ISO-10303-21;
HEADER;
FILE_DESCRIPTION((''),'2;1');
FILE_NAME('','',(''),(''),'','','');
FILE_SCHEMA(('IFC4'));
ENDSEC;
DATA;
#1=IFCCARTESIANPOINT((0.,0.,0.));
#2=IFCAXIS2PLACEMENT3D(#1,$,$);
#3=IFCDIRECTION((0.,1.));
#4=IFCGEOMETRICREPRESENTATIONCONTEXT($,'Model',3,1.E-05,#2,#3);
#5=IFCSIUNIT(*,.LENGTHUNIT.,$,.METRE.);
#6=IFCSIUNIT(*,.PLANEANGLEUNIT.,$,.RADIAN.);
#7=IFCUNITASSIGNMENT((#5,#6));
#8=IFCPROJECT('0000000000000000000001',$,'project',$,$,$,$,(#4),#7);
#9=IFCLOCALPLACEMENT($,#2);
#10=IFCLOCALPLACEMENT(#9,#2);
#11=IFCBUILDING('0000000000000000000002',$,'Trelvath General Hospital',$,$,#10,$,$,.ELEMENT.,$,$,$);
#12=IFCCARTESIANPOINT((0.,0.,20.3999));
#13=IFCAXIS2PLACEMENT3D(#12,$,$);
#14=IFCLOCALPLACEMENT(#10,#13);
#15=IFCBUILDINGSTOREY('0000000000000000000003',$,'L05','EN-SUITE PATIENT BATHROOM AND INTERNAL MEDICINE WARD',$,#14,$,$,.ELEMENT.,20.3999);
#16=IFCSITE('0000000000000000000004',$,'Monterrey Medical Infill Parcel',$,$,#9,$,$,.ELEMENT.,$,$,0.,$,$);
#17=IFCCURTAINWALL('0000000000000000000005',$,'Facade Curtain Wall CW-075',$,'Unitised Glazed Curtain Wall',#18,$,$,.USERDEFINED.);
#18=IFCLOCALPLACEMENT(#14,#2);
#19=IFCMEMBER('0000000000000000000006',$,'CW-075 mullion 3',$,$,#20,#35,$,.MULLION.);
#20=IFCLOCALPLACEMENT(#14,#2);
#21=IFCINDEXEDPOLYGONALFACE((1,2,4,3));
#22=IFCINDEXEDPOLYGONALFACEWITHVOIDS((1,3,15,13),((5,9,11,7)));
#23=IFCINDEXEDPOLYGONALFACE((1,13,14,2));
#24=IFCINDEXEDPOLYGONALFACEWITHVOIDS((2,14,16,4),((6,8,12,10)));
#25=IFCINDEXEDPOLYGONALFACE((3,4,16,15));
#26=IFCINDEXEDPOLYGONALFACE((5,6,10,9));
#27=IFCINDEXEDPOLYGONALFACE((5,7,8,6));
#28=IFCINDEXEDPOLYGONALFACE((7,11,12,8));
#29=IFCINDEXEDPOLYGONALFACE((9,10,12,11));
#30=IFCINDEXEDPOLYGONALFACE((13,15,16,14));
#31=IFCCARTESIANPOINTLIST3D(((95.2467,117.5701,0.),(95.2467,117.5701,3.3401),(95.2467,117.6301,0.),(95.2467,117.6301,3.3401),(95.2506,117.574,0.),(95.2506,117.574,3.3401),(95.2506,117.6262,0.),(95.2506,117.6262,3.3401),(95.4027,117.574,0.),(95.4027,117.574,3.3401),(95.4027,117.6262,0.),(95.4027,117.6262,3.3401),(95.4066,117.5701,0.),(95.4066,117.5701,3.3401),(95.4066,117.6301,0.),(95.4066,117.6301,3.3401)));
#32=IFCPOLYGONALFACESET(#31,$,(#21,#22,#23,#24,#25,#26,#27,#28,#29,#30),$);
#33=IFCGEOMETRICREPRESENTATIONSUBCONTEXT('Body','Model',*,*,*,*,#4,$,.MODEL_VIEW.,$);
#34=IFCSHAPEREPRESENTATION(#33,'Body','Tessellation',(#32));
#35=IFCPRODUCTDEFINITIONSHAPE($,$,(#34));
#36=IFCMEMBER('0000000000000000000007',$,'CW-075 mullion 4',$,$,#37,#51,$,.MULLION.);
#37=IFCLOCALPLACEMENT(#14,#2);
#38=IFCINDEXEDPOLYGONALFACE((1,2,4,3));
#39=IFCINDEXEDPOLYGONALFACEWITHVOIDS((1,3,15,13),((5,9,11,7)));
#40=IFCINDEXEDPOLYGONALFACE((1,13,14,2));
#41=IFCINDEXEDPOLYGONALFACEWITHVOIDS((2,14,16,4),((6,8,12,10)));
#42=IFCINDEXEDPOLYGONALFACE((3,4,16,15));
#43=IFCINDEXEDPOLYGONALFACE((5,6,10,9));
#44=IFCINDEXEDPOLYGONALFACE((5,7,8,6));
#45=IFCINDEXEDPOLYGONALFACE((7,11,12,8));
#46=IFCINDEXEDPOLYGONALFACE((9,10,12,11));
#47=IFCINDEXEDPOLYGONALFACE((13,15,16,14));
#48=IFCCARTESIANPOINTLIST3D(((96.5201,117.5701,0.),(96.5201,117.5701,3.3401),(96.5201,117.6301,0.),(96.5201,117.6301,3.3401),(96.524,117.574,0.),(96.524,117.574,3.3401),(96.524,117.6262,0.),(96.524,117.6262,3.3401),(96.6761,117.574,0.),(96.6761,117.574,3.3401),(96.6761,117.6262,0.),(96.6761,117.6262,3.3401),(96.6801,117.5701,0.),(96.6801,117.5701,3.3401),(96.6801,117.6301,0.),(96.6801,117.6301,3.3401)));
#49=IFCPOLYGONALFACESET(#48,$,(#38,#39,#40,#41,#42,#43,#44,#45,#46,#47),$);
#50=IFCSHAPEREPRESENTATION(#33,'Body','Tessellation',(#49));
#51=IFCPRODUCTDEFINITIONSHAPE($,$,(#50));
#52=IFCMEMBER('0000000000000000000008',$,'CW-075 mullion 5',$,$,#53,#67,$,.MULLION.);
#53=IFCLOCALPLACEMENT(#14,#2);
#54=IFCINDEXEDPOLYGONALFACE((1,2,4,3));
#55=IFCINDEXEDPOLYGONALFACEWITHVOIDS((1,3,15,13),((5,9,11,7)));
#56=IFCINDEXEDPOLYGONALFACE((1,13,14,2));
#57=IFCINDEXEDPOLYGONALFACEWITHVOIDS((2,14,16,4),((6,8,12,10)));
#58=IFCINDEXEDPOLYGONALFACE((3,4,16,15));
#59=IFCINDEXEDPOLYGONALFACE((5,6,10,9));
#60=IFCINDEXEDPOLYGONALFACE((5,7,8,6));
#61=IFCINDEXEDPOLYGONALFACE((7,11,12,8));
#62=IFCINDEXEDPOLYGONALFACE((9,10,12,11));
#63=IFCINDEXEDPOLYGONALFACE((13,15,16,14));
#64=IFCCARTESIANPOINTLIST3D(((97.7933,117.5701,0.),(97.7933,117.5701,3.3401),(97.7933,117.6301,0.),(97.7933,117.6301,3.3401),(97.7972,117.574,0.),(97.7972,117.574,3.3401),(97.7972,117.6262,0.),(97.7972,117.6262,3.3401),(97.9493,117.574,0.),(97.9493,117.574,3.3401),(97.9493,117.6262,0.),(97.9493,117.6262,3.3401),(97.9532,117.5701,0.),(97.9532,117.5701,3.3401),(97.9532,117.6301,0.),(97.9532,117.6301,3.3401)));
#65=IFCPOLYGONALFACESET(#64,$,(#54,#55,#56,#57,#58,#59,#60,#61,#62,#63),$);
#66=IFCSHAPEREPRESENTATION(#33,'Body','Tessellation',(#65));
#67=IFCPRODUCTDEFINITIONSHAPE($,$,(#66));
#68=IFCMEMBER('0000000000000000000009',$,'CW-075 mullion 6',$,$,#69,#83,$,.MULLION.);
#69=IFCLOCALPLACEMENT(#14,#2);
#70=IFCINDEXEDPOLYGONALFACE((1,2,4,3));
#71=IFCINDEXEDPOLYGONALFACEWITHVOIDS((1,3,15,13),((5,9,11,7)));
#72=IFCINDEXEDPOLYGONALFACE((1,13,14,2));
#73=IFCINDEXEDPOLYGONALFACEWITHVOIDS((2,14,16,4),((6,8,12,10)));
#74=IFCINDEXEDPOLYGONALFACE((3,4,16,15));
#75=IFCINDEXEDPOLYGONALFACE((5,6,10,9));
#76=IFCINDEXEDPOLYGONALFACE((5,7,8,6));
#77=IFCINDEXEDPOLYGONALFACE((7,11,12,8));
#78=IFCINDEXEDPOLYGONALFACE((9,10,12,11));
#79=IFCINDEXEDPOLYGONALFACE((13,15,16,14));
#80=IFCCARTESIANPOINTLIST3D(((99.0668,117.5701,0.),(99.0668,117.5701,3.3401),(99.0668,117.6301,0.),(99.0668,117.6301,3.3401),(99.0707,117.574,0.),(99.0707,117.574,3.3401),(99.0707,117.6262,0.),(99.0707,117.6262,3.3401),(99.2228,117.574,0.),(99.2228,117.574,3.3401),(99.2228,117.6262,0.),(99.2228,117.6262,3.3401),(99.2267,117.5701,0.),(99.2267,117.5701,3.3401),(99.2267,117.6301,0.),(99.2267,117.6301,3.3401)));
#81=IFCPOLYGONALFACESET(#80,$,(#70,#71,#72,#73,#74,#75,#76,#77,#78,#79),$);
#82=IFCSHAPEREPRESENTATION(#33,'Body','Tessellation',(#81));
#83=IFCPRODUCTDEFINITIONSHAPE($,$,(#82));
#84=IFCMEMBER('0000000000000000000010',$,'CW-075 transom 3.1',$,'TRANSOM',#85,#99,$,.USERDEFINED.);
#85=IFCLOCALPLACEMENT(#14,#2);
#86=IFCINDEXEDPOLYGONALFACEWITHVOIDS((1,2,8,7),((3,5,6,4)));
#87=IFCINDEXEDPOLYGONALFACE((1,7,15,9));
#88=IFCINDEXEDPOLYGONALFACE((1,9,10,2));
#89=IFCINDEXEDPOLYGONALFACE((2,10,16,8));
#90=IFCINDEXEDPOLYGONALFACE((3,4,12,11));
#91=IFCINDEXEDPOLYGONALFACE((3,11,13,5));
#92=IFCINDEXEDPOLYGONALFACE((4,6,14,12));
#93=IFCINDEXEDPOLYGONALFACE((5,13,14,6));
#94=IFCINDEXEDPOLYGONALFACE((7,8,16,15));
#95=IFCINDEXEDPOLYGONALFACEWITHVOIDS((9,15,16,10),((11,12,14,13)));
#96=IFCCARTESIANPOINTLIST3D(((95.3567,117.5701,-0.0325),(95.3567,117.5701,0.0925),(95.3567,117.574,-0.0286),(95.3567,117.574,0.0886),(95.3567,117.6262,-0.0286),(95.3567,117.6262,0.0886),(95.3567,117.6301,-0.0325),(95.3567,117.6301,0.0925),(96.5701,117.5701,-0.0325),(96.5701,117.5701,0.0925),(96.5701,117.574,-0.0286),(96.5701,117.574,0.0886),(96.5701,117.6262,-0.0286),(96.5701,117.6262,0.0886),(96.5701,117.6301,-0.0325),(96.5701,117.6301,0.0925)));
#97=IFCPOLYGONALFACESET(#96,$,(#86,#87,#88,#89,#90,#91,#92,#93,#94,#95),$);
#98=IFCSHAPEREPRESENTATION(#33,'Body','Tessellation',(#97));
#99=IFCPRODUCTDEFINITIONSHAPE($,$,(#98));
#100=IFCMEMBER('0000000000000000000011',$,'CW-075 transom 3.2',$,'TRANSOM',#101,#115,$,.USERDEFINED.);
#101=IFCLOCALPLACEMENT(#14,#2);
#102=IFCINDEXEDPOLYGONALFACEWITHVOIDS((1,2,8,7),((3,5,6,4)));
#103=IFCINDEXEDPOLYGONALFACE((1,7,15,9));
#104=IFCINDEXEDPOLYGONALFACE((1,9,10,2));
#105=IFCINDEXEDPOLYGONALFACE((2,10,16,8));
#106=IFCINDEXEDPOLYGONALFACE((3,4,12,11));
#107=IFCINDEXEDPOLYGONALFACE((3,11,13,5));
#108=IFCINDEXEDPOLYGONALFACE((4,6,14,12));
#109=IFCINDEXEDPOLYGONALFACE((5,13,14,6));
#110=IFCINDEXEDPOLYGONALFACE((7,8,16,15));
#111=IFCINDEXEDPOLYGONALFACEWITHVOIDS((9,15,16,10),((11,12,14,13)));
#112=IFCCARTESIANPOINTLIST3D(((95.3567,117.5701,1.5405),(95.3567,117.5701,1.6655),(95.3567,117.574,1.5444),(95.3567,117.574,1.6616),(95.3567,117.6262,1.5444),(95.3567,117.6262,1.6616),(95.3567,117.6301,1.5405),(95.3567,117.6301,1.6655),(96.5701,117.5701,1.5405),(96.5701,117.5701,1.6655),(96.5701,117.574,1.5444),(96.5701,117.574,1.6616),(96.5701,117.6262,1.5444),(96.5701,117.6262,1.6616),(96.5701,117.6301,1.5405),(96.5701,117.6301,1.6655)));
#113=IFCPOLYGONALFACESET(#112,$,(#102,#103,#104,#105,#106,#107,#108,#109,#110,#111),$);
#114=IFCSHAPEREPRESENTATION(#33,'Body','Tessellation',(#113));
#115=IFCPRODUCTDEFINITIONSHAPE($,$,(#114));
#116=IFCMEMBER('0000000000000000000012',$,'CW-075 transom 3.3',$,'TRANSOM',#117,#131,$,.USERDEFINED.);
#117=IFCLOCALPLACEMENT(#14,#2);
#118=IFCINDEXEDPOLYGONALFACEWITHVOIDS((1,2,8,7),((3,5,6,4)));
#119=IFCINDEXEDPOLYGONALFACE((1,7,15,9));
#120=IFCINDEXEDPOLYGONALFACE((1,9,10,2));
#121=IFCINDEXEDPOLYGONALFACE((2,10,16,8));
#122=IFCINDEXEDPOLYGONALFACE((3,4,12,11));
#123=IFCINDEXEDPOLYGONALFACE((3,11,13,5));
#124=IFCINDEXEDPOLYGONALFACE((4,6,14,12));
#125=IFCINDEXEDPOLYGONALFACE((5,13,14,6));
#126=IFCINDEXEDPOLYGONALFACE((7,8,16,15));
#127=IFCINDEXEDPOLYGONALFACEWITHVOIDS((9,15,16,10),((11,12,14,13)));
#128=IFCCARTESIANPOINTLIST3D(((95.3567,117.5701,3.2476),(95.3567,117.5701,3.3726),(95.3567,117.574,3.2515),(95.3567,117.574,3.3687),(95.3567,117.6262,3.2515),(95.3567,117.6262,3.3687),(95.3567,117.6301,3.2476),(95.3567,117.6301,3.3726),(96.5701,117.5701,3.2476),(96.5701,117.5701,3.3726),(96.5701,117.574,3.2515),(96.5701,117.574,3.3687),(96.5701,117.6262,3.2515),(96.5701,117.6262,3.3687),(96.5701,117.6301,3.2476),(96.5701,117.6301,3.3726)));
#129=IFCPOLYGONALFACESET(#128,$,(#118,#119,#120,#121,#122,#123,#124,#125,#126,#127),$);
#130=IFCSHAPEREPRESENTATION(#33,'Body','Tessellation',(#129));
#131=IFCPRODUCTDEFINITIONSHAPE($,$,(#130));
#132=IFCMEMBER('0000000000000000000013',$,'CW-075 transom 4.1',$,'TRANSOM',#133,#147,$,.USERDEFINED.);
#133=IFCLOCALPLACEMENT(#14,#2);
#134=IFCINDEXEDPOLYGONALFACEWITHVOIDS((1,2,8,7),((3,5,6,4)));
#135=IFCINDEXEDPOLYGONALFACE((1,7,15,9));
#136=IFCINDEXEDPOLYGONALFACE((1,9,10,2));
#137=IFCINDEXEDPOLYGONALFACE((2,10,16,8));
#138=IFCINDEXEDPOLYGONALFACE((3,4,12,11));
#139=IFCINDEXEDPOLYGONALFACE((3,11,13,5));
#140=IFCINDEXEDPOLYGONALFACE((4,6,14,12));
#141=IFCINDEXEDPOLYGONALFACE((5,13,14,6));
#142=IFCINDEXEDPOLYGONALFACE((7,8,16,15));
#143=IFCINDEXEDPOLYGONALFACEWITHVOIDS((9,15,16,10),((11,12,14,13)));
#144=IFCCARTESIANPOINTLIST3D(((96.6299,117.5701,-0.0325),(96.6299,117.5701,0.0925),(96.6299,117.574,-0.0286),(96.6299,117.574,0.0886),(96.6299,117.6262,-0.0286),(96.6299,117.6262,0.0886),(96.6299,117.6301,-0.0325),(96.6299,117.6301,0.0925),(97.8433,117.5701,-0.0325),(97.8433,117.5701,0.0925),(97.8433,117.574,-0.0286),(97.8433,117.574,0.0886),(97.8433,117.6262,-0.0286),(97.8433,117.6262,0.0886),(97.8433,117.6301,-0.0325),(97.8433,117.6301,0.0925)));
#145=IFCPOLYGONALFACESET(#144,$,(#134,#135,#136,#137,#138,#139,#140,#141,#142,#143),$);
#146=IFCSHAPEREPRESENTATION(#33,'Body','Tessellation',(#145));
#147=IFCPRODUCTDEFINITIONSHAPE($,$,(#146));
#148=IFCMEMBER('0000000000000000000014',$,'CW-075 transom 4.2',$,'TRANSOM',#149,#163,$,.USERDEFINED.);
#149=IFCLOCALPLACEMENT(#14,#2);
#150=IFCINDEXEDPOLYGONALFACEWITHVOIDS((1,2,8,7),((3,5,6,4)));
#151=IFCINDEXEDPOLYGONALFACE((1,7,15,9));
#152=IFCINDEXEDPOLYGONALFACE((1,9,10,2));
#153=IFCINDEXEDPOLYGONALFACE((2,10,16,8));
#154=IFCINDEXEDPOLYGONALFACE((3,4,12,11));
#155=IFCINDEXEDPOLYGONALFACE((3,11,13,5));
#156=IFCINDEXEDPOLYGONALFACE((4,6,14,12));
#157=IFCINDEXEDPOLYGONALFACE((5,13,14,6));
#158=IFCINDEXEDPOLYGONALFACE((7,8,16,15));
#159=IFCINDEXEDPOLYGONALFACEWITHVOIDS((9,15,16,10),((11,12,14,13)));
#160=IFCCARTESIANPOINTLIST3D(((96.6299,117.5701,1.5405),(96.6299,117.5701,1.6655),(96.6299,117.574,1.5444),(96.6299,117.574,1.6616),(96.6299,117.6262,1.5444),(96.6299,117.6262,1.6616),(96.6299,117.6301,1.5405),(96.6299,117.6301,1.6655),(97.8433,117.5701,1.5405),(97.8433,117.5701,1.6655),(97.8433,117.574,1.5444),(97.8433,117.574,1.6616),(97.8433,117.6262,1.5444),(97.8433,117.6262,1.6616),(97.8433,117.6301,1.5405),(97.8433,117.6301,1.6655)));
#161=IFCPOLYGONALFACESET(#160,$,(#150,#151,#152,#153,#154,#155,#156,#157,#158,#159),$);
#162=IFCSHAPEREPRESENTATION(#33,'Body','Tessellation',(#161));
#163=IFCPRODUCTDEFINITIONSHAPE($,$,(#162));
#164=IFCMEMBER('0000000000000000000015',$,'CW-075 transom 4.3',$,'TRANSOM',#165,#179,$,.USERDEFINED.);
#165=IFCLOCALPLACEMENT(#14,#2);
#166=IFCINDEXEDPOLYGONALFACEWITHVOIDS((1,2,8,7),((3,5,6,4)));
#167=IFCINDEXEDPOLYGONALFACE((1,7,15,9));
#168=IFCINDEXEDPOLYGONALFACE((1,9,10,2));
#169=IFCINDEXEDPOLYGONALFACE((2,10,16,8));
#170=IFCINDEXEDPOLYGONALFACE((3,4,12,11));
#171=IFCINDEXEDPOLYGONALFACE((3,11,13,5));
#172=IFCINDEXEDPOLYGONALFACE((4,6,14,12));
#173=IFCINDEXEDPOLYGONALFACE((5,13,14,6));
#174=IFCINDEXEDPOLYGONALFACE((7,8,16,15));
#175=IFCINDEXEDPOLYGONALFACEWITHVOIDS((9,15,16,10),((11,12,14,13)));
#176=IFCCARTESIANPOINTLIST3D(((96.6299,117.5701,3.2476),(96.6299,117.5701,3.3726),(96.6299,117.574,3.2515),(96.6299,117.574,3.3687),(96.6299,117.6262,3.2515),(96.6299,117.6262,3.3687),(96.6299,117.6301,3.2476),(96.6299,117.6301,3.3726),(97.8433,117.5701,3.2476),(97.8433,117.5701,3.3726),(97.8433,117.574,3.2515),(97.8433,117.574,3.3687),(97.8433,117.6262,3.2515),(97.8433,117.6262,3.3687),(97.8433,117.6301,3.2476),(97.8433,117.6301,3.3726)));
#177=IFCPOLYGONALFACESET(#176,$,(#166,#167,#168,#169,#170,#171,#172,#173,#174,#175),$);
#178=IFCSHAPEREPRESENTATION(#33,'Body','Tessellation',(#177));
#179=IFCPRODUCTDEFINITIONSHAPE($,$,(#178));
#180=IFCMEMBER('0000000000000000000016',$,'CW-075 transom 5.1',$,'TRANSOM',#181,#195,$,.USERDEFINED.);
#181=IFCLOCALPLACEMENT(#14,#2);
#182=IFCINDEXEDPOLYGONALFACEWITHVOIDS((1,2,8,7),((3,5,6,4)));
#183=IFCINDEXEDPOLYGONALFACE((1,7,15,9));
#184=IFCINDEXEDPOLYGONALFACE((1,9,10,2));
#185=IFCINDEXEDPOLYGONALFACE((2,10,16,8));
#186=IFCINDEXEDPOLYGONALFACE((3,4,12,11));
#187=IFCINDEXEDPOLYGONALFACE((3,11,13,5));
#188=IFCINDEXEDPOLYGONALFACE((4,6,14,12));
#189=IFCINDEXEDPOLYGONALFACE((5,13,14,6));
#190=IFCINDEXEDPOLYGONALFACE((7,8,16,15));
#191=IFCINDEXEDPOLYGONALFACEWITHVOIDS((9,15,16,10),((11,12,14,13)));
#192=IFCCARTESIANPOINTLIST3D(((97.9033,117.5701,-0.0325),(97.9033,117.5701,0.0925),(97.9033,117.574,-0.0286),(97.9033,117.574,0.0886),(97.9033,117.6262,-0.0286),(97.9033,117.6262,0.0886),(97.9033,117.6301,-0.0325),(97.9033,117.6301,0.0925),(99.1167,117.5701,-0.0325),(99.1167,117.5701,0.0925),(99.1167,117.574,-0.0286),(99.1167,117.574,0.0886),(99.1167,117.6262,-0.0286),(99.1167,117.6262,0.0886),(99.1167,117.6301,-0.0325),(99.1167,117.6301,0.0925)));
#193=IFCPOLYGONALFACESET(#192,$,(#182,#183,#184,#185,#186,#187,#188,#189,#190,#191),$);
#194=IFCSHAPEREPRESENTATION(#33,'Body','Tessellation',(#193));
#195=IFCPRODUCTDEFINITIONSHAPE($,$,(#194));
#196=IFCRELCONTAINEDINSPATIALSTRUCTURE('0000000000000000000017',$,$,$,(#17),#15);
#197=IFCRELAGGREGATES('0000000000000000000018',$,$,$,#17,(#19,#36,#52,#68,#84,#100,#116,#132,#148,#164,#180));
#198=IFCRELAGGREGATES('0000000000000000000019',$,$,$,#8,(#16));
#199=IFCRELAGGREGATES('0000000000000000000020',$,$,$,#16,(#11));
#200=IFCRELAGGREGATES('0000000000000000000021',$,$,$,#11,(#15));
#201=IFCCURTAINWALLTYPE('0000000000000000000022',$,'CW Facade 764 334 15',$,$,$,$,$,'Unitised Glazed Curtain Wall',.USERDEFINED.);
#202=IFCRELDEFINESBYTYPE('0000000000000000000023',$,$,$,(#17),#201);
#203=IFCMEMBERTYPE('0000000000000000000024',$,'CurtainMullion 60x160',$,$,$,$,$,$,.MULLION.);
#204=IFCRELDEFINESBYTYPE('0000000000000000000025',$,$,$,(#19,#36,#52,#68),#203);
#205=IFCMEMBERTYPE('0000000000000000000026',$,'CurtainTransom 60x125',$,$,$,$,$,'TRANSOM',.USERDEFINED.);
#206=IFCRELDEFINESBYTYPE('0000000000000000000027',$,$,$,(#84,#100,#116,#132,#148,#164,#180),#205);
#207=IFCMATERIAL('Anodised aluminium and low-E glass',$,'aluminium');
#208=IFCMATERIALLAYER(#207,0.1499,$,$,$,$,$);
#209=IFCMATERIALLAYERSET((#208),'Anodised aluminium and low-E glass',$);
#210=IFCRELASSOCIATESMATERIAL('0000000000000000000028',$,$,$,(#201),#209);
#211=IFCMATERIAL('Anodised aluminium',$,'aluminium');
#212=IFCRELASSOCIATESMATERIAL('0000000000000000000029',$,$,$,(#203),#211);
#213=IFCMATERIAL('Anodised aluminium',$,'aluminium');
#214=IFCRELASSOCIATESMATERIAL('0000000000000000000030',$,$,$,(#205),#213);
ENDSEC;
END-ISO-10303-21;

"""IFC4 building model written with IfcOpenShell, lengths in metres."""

from ifc_helpers import new_model, si_unit, direction, frame, origin, origin_2d, place, context, subcontext, project, spatial, hollow_rectangle, extrude, material, layer, layer_set, material_profile, profile_set, type_object, element, aggregate, save


model = new_model("IFC4")

# Units and contexts
model_context = context("Model", 3, precision=1e-05, world=origin(), true_north=direction((0.0, 1.0)))
body_context = subcontext(model_context, "Body", "Model", "MODEL_VIEW")
ifc_project = project(units=[si_unit("LENGTHUNIT", "METRE"), si_unit("PLANEANGLEUNIT", "RADIAN")], contexts=[model_context])

# Site, building, storey
site_placement = place(None, origin())
site = spatial("IfcSite", under=ifc_project, at=site_placement, Name="Monterrey Medical Infill Parcel", CompositionType="ELEMENT", RefElevation=0.0)
building_placement = place(site_placement, origin())
building = spatial("IfcBuilding", under=site, at=building_placement, Name="Trelvath General Hospital", CompositionType="ELEMENT")
storey_placement = place(building_placement, frame((0.0, 0.0, 20.3999)))
storey = spatial("IfcBuildingStorey", under=building, at=storey_placement, Name="L05", Description="EN-SUITE PATIENT BATHROOM AND INTERNAL MEDICINE WARD", CompositionType="ELEMENT", Elevation=20.3999)

# Curtain wall, members
ifc_material_1 = material(Name="Anodised aluminium and low-E glass", Category="aluminium")
ifc_layer_1 = layer(ifc_material_1, 0.1499)
ifc_layer_set_1 = layer_set([ifc_layer_1], Name="Anodised aluminium and low-E glass")
curtain_wall_type = type_object("IfcCurtainWallType", Name="CW Facade 764 334 15", ElementType="Unitised Glazed Curtain Wall", PredefinedType="USERDEFINED", material=ifc_layer_set_1)
curtain_wall_placement = place(storey_placement, origin())
curtain_wall = element("IfcCurtainWall", 1, at=curtain_wall_placement, inside=storey, type_object=curtain_wall_type, Name="Facade Curtain Wall CW-075", ObjectType="Unitised Glazed Curtain Wall", PredefinedType="USERDEFINED")
ifc_material_2 = material(Name="Anodised aluminium", Category="aluminium")
ifc_material_profile_1 = material_profile(ifc_material_2, hollow_rectangle(XDim=0.0601, YDim=0.1599, WallThickness=0.0039, at=origin_2d()), Name="RHS60x160x4")
ifc_profile_set_1 = profile_set([ifc_material_profile_1], Name="Anodised aluminium")
member_type_1 = type_object("IfcMemberType", Name="CurtainMullion 60x160", PredefinedType="MULLION", material=ifc_profile_set_1)
member_1_placement = place(storey_placement, frame((95.3267, 117.6001, 0.0), z_axis=(0.0, 0.0, 1.0), x_axis=(0.0, 1.0, 0.0)))
member_1 = element("IfcMember", 2, at=member_1_placement, type_object=member_type_1, Name="CW-075 mullion 3", PredefinedType="MULLION", context=body_context, shape_type="SweptSolid", body=[
    extrude(hollow_rectangle(XDim=0.0601, YDim=0.1599, WallThickness=0.0039, at=origin_2d()), origin(), (0.0, 0.0, 1.0), 3.3401),
])
member_2_placement = place(storey_placement, frame((96.6001, 117.6001, 0.0), z_axis=(0.0, 0.0, 1.0), x_axis=(0.0, 1.0, 0.0)))
member_2 = element("IfcMember", 3, at=member_2_placement, type_object=member_type_1, Name="CW-075 mullion 4", PredefinedType="MULLION", context=body_context, shape_type="SweptSolid", body=[
    extrude(hollow_rectangle(XDim=0.0601, YDim=0.1599, WallThickness=0.0039, at=origin_2d()), origin(), (0.0, 0.0, 1.0), 3.3401),
])
member_3_placement = place(storey_placement, frame((97.8733, 117.6001, 0.0), z_axis=(0.0, 0.0, 1.0), x_axis=(0.0, 1.0, 0.0)))
member_3 = element("IfcMember", 4, at=member_3_placement, type_object=member_type_1, Name="CW-075 mullion 5", PredefinedType="MULLION", context=body_context, shape_type="SweptSolid", body=[
    extrude(hollow_rectangle(XDim=0.0601, YDim=0.1599, WallThickness=0.0039, at=origin_2d()), origin(), (0.0, 0.0, 1.0), 3.3401),
])
member_4_placement = place(storey_placement, frame((99.1467, 117.6001, 0.0), z_axis=(0.0, 0.0, 1.0), x_axis=(0.0, 1.0, 0.0)))
member_4 = element("IfcMember", 5, at=member_4_placement, type_object=member_type_1, Name="CW-075 mullion 6", PredefinedType="MULLION", context=body_context, shape_type="SweptSolid", body=[
    extrude(hollow_rectangle(XDim=0.0601, YDim=0.1599, WallThickness=0.0039, at=origin_2d()), origin(), (0.0, 0.0, 1.0), 3.3401),
])
ifc_material_3 = material(Name="Anodised aluminium", Category="aluminium")
ifc_material_profile_2 = material_profile(ifc_material_3, hollow_rectangle(XDim=0.0601, YDim=0.125, WallThickness=0.0039, at=origin_2d()), Name="RHS60x125x4")
ifc_profile_set_2 = profile_set([ifc_material_profile_2], Name="Anodised aluminium")
member_type_2 = type_object("IfcMemberType", Name="CurtainTransom 60x125", ElementType="TRANSOM", PredefinedType="USERDEFINED", material=ifc_profile_set_2)
member_5_placement = place(storey_placement, frame((95.3567, 117.6001, 0.03), z_axis=(1.0, 0.0, 0.0), x_axis=(0.0, 1.0, 0.0)))
member_5 = element("IfcMember", 6, at=member_5_placement, type_object=member_type_2, Name="CW-075 transom 3.1", ObjectType="TRANSOM", PredefinedType="USERDEFINED", context=body_context, shape_type="SweptSolid", body=[
    extrude(hollow_rectangle(XDim=0.0601, YDim=0.125, WallThickness=0.0039, at=origin_2d()), origin(), (0.0, 0.0, 1.0), 1.2134),
])
member_6_placement = place(storey_placement, frame((95.3567, 117.6001, 1.603), z_axis=(1.0, 0.0, 0.0), x_axis=(0.0, 1.0, 0.0)))
member_6 = element("IfcMember", 7, at=member_6_placement, type_object=member_type_2, Name="CW-075 transom 3.2", ObjectType="TRANSOM", PredefinedType="USERDEFINED", context=body_context, shape_type="SweptSolid", body=[
    extrude(hollow_rectangle(XDim=0.0601, YDim=0.125, WallThickness=0.0039, at=origin_2d()), origin(), (0.0, 0.0, 1.0), 1.2134),
])
member_7_placement = place(storey_placement, frame((95.3567, 117.6001, 3.3101), z_axis=(1.0, 0.0, 0.0), x_axis=(0.0, 1.0, 0.0)))
member_7 = element("IfcMember", 8, at=member_7_placement, type_object=member_type_2, Name="CW-075 transom 3.3", ObjectType="TRANSOM", PredefinedType="USERDEFINED", context=body_context, shape_type="SweptSolid", body=[
    extrude(hollow_rectangle(XDim=0.0601, YDim=0.125, WallThickness=0.0039, at=origin_2d()), origin(), (0.0, 0.0, 1.0), 1.2134),
])
member_8_placement = place(storey_placement, frame((96.6299, 117.6001, 0.03), z_axis=(1.0, 0.0, 0.0), x_axis=(0.0, 1.0, 0.0)))
member_8 = element("IfcMember", 9, at=member_8_placement, type_object=member_type_2, Name="CW-075 transom 4.1", ObjectType="TRANSOM", PredefinedType="USERDEFINED", context=body_context, shape_type="SweptSolid", body=[
    extrude(hollow_rectangle(XDim=0.0601, YDim=0.125, WallThickness=0.0039, at=origin_2d()), origin(), (0.0, 0.0, 1.0), 1.2134),
])
member_9_placement = place(storey_placement, frame((96.6299, 117.6001, 1.603), z_axis=(1.0, 0.0, 0.0), x_axis=(0.0, 1.0, 0.0)))
member_9 = element("IfcMember", 10, at=member_9_placement, type_object=member_type_2, Name="CW-075 transom 4.2", ObjectType="TRANSOM", PredefinedType="USERDEFINED", context=body_context, shape_type="SweptSolid", body=[
    extrude(hollow_rectangle(XDim=0.0601, YDim=0.125, WallThickness=0.0039, at=origin_2d()), origin(), (0.0, 0.0, 1.0), 1.2134),
])
member_10_placement = place(storey_placement, frame((96.6299, 117.6001, 3.3101), z_axis=(1.0, 0.0, 0.0), x_axis=(0.0, 1.0, 0.0)))
member_10 = element("IfcMember", 11, at=member_10_placement, type_object=member_type_2, Name="CW-075 transom 4.3", ObjectType="TRANSOM", PredefinedType="USERDEFINED", context=body_context, shape_type="SweptSolid", body=[
    extrude(hollow_rectangle(XDim=0.0601, YDim=0.125, WallThickness=0.0039, at=origin_2d()), origin(), (0.0, 0.0, 1.0), 1.2134),
])
member_11_placement = place(storey_placement, frame((97.9033, 117.6001, 0.03), z_axis=(1.0, 0.0, 0.0), x_axis=(0.0, 1.0, 0.0)))
member_11 = element("IfcMember", 12, at=member_11_placement, type_object=member_type_2, Name="CW-075 transom 5.1", ObjectType="TRANSOM", PredefinedType="USERDEFINED", context=body_context, shape_type="SweptSolid", body=[
    extrude(hollow_rectangle(XDim=0.0601, YDim=0.125, WallThickness=0.0039, at=origin_2d()), origin(), (0.0, 0.0, 1.0), 1.2134),
])
aggregate(curtain_wall, [member_1, member_2, member_3, member_4, member_5, member_6, member_7, member_8, member_9, member_10, member_11])

save(model, "model.ifc")
